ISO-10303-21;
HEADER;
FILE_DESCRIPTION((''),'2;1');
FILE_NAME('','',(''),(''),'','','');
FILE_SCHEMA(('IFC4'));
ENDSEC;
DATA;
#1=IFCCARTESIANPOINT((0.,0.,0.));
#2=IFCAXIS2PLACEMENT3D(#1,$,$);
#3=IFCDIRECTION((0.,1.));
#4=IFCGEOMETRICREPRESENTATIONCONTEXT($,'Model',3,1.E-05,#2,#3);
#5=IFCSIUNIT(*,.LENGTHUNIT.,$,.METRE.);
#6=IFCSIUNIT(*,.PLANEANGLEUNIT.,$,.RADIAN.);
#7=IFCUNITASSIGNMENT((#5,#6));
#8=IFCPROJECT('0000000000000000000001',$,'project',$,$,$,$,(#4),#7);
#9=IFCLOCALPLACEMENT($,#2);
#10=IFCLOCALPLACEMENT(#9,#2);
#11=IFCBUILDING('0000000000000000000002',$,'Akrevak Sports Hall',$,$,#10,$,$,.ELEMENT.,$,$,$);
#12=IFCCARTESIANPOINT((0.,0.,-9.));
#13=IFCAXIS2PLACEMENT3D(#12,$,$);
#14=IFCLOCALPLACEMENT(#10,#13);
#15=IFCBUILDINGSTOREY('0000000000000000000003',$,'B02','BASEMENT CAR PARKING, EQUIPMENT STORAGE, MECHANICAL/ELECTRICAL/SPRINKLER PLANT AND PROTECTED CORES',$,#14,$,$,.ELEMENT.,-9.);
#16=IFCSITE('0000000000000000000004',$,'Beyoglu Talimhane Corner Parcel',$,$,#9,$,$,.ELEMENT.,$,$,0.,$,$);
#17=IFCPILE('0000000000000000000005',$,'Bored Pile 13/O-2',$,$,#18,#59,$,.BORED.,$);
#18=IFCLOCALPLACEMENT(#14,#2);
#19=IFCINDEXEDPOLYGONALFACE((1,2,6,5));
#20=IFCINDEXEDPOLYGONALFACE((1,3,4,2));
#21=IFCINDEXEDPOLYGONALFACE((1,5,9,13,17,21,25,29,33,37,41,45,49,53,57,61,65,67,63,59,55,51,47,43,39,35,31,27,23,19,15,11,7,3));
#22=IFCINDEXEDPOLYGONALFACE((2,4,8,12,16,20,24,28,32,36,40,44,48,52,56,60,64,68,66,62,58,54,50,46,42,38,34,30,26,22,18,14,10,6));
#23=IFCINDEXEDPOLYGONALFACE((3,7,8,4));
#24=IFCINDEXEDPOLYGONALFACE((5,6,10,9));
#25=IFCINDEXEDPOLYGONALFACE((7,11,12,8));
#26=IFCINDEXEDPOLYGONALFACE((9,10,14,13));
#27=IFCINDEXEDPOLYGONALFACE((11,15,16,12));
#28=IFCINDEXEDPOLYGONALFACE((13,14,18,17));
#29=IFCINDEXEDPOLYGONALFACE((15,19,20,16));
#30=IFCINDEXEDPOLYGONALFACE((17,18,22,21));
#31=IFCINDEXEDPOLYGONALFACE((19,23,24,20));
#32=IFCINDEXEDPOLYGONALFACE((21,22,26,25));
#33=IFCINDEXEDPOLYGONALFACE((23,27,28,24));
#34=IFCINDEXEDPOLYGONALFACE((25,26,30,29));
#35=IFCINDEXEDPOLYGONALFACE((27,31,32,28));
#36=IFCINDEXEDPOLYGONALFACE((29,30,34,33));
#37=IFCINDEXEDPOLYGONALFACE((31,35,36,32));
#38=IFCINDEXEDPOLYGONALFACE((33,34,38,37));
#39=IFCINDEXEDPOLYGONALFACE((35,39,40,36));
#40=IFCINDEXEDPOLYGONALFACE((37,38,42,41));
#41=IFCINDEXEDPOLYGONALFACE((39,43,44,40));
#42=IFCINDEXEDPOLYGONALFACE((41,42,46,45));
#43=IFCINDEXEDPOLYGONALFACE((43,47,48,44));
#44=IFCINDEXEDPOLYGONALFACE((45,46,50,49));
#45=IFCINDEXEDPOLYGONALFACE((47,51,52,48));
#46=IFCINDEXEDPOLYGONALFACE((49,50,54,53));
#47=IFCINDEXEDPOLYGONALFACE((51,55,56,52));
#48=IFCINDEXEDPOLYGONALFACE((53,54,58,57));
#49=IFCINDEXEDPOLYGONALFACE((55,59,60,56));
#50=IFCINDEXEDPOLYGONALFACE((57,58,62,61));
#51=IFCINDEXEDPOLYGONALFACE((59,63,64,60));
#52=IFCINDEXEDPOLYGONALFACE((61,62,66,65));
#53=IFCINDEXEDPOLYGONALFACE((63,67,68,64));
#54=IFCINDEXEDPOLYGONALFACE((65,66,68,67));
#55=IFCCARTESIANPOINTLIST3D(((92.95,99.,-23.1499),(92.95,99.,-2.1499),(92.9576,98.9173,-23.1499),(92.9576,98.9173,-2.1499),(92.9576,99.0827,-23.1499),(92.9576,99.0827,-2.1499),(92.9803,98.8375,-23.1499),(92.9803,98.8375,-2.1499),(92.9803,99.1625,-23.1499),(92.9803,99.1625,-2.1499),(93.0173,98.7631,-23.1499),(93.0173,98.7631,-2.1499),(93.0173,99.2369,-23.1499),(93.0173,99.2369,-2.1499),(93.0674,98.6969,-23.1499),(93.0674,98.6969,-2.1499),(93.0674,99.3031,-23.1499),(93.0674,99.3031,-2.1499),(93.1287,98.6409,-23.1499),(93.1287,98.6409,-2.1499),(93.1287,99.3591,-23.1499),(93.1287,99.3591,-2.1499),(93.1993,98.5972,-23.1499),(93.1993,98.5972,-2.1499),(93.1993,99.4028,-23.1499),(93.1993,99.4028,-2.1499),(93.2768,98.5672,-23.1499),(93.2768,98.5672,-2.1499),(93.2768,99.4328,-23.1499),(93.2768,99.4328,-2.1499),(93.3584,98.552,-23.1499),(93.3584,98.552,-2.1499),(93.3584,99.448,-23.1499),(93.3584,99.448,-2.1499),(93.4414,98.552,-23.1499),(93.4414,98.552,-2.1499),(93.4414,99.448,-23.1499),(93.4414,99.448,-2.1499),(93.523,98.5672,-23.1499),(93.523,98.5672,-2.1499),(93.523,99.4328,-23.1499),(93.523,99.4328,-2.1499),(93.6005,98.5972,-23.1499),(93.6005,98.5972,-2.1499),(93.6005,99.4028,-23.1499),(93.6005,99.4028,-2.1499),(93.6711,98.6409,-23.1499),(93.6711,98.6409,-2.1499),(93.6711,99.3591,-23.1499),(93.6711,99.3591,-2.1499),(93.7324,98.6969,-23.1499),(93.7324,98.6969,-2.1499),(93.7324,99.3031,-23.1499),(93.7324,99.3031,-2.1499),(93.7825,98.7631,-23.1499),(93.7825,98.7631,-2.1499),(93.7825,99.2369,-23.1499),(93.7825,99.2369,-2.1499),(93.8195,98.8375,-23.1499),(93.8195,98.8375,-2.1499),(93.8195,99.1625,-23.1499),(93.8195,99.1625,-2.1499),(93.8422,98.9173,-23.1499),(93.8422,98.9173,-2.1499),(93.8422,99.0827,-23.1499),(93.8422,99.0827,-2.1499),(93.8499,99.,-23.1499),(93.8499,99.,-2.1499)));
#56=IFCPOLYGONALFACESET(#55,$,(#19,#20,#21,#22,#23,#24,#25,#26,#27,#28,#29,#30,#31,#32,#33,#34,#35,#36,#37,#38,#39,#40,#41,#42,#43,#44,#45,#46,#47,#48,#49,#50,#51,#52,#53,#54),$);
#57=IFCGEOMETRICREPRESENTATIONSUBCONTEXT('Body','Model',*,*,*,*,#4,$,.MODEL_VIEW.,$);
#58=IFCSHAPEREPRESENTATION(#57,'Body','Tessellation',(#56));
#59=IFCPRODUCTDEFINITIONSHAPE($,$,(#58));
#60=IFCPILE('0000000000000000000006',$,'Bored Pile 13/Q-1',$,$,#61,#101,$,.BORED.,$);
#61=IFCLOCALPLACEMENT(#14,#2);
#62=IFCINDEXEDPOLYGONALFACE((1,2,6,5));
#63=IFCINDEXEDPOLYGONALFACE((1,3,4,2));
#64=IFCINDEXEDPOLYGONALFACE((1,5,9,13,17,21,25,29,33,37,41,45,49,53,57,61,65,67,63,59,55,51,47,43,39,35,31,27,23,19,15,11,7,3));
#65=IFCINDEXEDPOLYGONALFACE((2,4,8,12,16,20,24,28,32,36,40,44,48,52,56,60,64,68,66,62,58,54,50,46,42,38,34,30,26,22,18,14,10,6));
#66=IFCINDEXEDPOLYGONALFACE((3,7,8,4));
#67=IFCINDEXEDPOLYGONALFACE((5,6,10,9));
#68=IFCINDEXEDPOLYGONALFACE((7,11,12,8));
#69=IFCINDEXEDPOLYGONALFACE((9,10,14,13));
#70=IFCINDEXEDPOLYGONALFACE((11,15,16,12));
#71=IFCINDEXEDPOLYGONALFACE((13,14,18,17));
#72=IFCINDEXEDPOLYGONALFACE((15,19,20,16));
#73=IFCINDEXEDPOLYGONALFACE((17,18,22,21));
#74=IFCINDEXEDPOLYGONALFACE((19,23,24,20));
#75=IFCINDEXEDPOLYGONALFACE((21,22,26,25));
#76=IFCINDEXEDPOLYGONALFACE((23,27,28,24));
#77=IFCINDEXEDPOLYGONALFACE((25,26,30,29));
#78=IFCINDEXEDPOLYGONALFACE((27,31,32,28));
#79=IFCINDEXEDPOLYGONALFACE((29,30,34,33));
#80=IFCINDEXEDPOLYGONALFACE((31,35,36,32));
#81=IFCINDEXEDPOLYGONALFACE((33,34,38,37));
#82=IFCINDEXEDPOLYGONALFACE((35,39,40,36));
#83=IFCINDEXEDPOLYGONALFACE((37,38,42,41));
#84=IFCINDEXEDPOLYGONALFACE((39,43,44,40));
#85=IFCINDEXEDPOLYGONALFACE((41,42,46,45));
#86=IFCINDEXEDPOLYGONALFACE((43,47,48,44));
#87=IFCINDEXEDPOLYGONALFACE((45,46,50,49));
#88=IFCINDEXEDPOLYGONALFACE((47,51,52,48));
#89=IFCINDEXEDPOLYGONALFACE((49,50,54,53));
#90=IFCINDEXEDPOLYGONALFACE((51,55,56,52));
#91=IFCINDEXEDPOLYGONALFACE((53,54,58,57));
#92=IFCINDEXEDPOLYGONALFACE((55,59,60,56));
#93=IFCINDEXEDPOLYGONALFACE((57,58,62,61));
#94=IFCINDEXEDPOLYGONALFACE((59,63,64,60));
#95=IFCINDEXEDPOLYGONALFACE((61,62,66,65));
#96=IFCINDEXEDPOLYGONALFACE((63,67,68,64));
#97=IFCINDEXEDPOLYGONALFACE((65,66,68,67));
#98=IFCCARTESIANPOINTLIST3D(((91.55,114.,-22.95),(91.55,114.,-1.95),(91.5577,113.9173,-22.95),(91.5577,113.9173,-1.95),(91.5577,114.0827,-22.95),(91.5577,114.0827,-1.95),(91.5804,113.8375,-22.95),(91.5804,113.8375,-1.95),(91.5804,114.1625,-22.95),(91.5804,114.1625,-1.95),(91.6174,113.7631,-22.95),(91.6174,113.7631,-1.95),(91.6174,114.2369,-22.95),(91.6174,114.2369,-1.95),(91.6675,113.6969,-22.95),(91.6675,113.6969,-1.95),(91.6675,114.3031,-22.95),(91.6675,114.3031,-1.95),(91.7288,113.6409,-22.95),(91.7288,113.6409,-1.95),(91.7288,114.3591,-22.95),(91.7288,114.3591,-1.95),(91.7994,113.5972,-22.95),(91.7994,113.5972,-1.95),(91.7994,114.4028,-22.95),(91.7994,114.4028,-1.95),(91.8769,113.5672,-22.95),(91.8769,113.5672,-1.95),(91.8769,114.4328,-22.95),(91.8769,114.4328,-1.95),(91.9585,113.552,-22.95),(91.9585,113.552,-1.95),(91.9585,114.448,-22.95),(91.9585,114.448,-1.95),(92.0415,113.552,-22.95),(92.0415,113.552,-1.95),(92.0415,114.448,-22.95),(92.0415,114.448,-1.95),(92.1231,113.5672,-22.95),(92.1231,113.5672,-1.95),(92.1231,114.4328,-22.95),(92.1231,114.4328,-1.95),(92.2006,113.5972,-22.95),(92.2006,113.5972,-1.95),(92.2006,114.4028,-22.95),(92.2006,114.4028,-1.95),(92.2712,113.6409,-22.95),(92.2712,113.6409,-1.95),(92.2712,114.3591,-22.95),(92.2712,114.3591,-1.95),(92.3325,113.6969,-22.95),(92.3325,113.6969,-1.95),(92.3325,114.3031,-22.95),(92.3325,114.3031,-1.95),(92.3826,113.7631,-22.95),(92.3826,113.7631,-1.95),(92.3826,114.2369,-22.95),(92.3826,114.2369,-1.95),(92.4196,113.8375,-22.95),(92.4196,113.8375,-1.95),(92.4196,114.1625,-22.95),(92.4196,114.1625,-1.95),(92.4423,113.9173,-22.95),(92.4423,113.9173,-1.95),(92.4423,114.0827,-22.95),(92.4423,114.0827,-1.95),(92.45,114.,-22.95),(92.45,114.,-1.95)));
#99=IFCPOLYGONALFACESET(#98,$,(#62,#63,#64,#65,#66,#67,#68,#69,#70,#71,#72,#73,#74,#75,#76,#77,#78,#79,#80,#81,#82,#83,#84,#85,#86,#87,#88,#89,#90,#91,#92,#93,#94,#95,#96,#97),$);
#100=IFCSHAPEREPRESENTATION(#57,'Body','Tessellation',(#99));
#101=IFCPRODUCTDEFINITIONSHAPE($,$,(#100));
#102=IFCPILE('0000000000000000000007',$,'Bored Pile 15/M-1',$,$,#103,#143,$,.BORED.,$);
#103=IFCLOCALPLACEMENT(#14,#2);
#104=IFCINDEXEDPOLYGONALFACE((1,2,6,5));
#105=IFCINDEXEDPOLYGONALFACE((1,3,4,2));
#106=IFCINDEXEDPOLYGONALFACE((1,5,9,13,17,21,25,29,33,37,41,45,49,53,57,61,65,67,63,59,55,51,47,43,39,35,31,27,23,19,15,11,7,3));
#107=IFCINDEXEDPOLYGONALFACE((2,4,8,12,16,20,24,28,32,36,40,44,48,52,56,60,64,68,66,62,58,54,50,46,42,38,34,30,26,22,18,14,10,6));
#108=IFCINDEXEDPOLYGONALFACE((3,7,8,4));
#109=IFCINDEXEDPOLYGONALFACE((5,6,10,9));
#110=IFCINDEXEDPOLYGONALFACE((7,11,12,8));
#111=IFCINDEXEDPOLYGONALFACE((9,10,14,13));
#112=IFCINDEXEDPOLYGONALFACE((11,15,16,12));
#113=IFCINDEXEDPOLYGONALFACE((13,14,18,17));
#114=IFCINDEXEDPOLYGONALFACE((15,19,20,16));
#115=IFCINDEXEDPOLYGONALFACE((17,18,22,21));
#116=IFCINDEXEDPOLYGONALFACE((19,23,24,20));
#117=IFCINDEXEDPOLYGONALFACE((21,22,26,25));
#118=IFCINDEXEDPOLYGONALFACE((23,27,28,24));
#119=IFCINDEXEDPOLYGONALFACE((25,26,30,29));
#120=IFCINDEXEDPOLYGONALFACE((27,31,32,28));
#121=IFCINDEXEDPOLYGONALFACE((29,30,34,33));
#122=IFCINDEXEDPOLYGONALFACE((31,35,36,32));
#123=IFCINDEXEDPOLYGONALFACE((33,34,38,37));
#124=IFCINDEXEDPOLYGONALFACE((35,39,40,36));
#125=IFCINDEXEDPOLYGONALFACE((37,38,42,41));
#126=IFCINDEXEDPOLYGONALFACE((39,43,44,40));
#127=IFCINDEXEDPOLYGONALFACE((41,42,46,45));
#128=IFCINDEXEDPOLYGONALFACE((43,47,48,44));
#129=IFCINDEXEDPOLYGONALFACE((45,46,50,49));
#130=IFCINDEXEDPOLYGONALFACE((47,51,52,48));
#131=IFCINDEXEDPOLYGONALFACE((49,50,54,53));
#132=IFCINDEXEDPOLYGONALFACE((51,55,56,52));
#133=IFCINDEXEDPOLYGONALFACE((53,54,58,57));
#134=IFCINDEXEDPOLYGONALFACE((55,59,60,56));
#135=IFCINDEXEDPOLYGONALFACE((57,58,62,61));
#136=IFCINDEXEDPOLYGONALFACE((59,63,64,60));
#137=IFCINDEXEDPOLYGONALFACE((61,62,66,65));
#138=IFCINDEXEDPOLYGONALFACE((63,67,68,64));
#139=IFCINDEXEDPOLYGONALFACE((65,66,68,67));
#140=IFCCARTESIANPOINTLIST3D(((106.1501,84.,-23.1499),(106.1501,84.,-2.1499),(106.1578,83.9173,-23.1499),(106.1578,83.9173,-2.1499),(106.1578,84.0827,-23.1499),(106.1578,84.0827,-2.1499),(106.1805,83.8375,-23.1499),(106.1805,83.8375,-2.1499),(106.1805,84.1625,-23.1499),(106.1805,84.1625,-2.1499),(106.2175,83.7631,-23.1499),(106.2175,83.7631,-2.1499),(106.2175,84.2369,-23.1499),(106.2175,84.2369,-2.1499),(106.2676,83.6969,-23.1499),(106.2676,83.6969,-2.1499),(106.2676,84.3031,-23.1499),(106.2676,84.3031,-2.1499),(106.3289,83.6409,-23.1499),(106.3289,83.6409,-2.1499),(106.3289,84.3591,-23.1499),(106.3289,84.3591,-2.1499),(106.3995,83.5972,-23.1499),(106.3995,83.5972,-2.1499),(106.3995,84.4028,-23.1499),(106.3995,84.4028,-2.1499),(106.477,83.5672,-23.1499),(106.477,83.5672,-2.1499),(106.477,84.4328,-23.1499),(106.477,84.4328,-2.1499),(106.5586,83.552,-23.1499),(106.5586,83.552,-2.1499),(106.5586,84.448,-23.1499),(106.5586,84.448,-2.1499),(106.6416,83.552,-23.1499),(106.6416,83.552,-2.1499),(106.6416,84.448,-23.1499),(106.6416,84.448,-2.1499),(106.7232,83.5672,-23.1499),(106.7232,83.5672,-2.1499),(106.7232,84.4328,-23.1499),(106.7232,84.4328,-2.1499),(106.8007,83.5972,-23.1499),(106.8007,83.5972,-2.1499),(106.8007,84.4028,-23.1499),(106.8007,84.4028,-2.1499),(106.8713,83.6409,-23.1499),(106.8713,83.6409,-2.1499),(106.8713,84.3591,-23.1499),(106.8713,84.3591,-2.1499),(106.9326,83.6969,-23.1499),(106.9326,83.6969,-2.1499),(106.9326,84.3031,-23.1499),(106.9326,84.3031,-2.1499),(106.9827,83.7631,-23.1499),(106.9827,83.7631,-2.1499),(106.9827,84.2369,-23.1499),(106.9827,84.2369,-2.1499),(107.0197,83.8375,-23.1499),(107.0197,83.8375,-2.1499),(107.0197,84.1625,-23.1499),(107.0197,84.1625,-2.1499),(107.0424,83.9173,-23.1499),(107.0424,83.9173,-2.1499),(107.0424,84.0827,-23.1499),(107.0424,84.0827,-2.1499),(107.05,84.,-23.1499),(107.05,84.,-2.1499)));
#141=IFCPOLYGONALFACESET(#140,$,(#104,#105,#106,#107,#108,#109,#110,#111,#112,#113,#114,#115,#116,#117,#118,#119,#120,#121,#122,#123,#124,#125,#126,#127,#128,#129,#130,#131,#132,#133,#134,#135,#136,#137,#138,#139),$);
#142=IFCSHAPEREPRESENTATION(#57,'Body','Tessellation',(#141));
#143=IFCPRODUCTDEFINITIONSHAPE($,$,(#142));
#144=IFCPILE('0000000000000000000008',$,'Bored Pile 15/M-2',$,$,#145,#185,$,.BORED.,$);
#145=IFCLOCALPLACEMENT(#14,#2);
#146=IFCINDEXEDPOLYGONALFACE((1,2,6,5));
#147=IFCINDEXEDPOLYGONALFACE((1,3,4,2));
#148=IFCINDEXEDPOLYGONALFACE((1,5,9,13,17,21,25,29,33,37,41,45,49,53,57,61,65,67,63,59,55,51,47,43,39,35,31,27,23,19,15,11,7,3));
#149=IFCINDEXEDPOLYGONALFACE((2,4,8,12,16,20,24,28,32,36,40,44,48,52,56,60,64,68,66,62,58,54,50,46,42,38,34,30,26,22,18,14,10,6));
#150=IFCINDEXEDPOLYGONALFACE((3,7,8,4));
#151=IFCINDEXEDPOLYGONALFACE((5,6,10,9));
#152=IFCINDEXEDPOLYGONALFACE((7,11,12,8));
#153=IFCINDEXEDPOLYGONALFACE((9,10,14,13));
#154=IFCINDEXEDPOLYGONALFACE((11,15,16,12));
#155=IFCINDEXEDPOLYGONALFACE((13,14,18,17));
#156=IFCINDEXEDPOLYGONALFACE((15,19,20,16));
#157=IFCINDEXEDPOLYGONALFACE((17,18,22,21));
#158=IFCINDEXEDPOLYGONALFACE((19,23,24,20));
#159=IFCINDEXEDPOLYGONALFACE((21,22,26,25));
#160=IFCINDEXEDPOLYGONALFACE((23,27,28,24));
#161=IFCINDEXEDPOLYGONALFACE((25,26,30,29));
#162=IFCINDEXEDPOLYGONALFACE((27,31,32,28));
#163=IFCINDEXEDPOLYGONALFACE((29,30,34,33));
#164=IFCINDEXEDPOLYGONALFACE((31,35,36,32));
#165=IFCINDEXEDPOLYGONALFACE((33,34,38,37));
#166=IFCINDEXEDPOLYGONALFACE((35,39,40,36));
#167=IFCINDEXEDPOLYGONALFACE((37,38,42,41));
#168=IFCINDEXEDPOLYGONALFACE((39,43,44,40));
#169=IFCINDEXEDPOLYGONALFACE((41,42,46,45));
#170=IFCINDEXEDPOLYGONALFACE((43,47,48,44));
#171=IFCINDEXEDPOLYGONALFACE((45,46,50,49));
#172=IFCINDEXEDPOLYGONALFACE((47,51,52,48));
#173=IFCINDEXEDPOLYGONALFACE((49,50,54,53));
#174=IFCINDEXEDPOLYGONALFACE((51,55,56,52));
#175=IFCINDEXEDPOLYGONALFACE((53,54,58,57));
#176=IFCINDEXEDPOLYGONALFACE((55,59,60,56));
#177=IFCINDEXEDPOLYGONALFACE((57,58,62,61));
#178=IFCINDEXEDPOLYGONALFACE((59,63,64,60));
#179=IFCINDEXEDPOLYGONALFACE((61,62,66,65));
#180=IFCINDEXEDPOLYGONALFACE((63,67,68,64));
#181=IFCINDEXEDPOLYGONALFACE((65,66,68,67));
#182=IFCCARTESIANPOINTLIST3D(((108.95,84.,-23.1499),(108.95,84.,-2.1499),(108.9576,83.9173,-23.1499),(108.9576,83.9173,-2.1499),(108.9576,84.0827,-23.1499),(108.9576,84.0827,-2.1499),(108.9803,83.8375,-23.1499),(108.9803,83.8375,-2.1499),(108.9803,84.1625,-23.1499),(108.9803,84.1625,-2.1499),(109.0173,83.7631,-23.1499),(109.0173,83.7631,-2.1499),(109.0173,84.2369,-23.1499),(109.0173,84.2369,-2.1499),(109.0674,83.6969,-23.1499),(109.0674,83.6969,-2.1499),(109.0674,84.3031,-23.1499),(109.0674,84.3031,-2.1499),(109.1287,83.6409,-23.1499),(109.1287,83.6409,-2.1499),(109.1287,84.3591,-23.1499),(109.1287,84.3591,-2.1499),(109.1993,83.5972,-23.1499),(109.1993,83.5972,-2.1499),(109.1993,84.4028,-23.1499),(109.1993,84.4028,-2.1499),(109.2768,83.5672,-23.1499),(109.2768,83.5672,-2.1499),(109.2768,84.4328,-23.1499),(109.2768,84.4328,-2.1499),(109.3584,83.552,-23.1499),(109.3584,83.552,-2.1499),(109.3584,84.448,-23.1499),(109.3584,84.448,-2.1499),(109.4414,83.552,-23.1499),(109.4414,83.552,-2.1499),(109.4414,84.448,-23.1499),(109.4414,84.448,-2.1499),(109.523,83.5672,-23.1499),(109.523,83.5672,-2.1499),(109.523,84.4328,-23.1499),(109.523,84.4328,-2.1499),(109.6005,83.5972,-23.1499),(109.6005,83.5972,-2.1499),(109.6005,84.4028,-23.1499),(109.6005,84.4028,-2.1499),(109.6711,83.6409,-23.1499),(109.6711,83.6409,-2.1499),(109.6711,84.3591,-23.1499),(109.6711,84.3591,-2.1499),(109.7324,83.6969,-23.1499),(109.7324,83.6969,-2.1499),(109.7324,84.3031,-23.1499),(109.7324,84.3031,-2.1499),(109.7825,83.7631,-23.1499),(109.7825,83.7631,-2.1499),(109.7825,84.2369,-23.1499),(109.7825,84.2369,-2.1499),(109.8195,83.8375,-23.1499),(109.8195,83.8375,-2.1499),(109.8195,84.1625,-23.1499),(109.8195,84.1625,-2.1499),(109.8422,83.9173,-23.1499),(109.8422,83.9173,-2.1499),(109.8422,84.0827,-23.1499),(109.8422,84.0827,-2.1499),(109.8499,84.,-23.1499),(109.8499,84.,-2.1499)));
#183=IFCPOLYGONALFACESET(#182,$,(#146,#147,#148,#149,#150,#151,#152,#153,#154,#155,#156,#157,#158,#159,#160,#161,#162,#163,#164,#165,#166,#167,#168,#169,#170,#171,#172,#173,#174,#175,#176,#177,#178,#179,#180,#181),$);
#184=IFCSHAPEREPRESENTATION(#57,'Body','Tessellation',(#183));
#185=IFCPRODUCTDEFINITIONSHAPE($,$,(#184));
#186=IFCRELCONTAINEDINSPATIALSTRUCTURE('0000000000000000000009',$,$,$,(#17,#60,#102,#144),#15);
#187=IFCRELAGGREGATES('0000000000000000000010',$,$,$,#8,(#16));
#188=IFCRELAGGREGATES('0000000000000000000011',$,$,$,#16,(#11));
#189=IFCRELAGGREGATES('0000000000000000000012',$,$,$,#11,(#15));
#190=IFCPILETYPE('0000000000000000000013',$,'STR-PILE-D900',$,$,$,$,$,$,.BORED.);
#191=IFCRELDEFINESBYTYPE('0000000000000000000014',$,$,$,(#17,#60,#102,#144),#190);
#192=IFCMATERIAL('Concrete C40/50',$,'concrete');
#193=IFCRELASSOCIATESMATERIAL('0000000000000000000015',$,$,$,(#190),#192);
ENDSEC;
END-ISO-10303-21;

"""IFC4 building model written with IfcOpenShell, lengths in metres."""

from ifc_helpers import new_model, si_unit, direction, frame, origin, origin_2d, place, context, subcontext, project, spatial, circle, extrude, material, material_profile, profile_set, type_object, element, save


model = new_model("IFC4")

# Units and contexts
model_context = context("Model", 3, precision=1e-05, world=origin(), true_north=direction((0.0, 1.0)))
body_context = subcontext(model_context, "Body", "Model", "MODEL_VIEW")
ifc_project = project(units=[si_unit("LENGTHUNIT", "METRE"), si_unit("PLANEANGLEUNIT", "RADIAN")], contexts=[model_context])

# Site, building, storey
site_placement = place(None, origin())
site = spatial("IfcSite", under=ifc_project, at=site_placement, Name="Beyoglu Talimhane Corner Parcel", CompositionType="ELEMENT", RefElevation=0.0)
building_placement = place(site_placement, origin())
building = spatial("IfcBuilding", under=site, at=building_placement, Name="Akrevak Sports Hall", CompositionType="ELEMENT")
storey_placement = place(building_placement, frame((0.0, 0.0, -9.0)))
storey = spatial("IfcBuildingStorey", under=building, at=storey_placement, Name="B02", Description="BASEMENT CAR PARKING, EQUIPMENT STORAGE, MECHANICAL/ELECTRICAL/SPRINKLER PLANT AND PROTECTED CORES", CompositionType="ELEMENT", Elevation=-9.0)

# Shared definitions
ifc_material_1 = material(Name="Concrete C40/50", Category="concrete")

# Piles
ifc_material_profile_1 = material_profile(ifc_material_1, circle(Radius=0.45, at=origin_2d()), Name="BORED PILE D900", Category="concrete")
ifc_profile_set_1 = profile_set([ifc_material_profile_1], Name="Concrete C40/50")
pile_type_1 = type_object("IfcPileType", Name="STR-PILE-D900", PredefinedType="BORED", material=ifc_profile_set_1)
for number, where, z_axis, x_axis, name in (
    (1, (93.3999, 99.0, -2.1499), (0.0, 0.0, -1.0), (1.0, 0.0, 0.0), "Bored Pile 13/O-2"),
    (2, (92.0, 114.0, -1.95), (0.0, 0.0, -1.0), (1.0, 0.0, 0.0), "Bored Pile 13/Q-1"),
    (3, (106.6001, 84.0, -2.1499), (0.0, 0.0, -1.0), (1.0, 0.0, 0.0), "Bored Pile 15/M-1"),
    (4, (109.3999, 84.0, -2.1499), (0.0, 0.0, -1.0), (1.0, 0.0, 0.0), "Bored Pile 15/M-2"),
):
    element("IfcPile", number, at=place(storey_placement, frame(where, z_axis=z_axis, x_axis=x_axis)), inside=storey, type_object=pile_type_1, Name=name, PredefinedType="BORED", context=body_context, shape_type="SweptSolid", body=[
        extrude(circle(Radius=0.45, at=origin_2d()), origin(), (0.0, 0.0, 1.0), 21.0),
    ])

save(model, "model.ifc")
